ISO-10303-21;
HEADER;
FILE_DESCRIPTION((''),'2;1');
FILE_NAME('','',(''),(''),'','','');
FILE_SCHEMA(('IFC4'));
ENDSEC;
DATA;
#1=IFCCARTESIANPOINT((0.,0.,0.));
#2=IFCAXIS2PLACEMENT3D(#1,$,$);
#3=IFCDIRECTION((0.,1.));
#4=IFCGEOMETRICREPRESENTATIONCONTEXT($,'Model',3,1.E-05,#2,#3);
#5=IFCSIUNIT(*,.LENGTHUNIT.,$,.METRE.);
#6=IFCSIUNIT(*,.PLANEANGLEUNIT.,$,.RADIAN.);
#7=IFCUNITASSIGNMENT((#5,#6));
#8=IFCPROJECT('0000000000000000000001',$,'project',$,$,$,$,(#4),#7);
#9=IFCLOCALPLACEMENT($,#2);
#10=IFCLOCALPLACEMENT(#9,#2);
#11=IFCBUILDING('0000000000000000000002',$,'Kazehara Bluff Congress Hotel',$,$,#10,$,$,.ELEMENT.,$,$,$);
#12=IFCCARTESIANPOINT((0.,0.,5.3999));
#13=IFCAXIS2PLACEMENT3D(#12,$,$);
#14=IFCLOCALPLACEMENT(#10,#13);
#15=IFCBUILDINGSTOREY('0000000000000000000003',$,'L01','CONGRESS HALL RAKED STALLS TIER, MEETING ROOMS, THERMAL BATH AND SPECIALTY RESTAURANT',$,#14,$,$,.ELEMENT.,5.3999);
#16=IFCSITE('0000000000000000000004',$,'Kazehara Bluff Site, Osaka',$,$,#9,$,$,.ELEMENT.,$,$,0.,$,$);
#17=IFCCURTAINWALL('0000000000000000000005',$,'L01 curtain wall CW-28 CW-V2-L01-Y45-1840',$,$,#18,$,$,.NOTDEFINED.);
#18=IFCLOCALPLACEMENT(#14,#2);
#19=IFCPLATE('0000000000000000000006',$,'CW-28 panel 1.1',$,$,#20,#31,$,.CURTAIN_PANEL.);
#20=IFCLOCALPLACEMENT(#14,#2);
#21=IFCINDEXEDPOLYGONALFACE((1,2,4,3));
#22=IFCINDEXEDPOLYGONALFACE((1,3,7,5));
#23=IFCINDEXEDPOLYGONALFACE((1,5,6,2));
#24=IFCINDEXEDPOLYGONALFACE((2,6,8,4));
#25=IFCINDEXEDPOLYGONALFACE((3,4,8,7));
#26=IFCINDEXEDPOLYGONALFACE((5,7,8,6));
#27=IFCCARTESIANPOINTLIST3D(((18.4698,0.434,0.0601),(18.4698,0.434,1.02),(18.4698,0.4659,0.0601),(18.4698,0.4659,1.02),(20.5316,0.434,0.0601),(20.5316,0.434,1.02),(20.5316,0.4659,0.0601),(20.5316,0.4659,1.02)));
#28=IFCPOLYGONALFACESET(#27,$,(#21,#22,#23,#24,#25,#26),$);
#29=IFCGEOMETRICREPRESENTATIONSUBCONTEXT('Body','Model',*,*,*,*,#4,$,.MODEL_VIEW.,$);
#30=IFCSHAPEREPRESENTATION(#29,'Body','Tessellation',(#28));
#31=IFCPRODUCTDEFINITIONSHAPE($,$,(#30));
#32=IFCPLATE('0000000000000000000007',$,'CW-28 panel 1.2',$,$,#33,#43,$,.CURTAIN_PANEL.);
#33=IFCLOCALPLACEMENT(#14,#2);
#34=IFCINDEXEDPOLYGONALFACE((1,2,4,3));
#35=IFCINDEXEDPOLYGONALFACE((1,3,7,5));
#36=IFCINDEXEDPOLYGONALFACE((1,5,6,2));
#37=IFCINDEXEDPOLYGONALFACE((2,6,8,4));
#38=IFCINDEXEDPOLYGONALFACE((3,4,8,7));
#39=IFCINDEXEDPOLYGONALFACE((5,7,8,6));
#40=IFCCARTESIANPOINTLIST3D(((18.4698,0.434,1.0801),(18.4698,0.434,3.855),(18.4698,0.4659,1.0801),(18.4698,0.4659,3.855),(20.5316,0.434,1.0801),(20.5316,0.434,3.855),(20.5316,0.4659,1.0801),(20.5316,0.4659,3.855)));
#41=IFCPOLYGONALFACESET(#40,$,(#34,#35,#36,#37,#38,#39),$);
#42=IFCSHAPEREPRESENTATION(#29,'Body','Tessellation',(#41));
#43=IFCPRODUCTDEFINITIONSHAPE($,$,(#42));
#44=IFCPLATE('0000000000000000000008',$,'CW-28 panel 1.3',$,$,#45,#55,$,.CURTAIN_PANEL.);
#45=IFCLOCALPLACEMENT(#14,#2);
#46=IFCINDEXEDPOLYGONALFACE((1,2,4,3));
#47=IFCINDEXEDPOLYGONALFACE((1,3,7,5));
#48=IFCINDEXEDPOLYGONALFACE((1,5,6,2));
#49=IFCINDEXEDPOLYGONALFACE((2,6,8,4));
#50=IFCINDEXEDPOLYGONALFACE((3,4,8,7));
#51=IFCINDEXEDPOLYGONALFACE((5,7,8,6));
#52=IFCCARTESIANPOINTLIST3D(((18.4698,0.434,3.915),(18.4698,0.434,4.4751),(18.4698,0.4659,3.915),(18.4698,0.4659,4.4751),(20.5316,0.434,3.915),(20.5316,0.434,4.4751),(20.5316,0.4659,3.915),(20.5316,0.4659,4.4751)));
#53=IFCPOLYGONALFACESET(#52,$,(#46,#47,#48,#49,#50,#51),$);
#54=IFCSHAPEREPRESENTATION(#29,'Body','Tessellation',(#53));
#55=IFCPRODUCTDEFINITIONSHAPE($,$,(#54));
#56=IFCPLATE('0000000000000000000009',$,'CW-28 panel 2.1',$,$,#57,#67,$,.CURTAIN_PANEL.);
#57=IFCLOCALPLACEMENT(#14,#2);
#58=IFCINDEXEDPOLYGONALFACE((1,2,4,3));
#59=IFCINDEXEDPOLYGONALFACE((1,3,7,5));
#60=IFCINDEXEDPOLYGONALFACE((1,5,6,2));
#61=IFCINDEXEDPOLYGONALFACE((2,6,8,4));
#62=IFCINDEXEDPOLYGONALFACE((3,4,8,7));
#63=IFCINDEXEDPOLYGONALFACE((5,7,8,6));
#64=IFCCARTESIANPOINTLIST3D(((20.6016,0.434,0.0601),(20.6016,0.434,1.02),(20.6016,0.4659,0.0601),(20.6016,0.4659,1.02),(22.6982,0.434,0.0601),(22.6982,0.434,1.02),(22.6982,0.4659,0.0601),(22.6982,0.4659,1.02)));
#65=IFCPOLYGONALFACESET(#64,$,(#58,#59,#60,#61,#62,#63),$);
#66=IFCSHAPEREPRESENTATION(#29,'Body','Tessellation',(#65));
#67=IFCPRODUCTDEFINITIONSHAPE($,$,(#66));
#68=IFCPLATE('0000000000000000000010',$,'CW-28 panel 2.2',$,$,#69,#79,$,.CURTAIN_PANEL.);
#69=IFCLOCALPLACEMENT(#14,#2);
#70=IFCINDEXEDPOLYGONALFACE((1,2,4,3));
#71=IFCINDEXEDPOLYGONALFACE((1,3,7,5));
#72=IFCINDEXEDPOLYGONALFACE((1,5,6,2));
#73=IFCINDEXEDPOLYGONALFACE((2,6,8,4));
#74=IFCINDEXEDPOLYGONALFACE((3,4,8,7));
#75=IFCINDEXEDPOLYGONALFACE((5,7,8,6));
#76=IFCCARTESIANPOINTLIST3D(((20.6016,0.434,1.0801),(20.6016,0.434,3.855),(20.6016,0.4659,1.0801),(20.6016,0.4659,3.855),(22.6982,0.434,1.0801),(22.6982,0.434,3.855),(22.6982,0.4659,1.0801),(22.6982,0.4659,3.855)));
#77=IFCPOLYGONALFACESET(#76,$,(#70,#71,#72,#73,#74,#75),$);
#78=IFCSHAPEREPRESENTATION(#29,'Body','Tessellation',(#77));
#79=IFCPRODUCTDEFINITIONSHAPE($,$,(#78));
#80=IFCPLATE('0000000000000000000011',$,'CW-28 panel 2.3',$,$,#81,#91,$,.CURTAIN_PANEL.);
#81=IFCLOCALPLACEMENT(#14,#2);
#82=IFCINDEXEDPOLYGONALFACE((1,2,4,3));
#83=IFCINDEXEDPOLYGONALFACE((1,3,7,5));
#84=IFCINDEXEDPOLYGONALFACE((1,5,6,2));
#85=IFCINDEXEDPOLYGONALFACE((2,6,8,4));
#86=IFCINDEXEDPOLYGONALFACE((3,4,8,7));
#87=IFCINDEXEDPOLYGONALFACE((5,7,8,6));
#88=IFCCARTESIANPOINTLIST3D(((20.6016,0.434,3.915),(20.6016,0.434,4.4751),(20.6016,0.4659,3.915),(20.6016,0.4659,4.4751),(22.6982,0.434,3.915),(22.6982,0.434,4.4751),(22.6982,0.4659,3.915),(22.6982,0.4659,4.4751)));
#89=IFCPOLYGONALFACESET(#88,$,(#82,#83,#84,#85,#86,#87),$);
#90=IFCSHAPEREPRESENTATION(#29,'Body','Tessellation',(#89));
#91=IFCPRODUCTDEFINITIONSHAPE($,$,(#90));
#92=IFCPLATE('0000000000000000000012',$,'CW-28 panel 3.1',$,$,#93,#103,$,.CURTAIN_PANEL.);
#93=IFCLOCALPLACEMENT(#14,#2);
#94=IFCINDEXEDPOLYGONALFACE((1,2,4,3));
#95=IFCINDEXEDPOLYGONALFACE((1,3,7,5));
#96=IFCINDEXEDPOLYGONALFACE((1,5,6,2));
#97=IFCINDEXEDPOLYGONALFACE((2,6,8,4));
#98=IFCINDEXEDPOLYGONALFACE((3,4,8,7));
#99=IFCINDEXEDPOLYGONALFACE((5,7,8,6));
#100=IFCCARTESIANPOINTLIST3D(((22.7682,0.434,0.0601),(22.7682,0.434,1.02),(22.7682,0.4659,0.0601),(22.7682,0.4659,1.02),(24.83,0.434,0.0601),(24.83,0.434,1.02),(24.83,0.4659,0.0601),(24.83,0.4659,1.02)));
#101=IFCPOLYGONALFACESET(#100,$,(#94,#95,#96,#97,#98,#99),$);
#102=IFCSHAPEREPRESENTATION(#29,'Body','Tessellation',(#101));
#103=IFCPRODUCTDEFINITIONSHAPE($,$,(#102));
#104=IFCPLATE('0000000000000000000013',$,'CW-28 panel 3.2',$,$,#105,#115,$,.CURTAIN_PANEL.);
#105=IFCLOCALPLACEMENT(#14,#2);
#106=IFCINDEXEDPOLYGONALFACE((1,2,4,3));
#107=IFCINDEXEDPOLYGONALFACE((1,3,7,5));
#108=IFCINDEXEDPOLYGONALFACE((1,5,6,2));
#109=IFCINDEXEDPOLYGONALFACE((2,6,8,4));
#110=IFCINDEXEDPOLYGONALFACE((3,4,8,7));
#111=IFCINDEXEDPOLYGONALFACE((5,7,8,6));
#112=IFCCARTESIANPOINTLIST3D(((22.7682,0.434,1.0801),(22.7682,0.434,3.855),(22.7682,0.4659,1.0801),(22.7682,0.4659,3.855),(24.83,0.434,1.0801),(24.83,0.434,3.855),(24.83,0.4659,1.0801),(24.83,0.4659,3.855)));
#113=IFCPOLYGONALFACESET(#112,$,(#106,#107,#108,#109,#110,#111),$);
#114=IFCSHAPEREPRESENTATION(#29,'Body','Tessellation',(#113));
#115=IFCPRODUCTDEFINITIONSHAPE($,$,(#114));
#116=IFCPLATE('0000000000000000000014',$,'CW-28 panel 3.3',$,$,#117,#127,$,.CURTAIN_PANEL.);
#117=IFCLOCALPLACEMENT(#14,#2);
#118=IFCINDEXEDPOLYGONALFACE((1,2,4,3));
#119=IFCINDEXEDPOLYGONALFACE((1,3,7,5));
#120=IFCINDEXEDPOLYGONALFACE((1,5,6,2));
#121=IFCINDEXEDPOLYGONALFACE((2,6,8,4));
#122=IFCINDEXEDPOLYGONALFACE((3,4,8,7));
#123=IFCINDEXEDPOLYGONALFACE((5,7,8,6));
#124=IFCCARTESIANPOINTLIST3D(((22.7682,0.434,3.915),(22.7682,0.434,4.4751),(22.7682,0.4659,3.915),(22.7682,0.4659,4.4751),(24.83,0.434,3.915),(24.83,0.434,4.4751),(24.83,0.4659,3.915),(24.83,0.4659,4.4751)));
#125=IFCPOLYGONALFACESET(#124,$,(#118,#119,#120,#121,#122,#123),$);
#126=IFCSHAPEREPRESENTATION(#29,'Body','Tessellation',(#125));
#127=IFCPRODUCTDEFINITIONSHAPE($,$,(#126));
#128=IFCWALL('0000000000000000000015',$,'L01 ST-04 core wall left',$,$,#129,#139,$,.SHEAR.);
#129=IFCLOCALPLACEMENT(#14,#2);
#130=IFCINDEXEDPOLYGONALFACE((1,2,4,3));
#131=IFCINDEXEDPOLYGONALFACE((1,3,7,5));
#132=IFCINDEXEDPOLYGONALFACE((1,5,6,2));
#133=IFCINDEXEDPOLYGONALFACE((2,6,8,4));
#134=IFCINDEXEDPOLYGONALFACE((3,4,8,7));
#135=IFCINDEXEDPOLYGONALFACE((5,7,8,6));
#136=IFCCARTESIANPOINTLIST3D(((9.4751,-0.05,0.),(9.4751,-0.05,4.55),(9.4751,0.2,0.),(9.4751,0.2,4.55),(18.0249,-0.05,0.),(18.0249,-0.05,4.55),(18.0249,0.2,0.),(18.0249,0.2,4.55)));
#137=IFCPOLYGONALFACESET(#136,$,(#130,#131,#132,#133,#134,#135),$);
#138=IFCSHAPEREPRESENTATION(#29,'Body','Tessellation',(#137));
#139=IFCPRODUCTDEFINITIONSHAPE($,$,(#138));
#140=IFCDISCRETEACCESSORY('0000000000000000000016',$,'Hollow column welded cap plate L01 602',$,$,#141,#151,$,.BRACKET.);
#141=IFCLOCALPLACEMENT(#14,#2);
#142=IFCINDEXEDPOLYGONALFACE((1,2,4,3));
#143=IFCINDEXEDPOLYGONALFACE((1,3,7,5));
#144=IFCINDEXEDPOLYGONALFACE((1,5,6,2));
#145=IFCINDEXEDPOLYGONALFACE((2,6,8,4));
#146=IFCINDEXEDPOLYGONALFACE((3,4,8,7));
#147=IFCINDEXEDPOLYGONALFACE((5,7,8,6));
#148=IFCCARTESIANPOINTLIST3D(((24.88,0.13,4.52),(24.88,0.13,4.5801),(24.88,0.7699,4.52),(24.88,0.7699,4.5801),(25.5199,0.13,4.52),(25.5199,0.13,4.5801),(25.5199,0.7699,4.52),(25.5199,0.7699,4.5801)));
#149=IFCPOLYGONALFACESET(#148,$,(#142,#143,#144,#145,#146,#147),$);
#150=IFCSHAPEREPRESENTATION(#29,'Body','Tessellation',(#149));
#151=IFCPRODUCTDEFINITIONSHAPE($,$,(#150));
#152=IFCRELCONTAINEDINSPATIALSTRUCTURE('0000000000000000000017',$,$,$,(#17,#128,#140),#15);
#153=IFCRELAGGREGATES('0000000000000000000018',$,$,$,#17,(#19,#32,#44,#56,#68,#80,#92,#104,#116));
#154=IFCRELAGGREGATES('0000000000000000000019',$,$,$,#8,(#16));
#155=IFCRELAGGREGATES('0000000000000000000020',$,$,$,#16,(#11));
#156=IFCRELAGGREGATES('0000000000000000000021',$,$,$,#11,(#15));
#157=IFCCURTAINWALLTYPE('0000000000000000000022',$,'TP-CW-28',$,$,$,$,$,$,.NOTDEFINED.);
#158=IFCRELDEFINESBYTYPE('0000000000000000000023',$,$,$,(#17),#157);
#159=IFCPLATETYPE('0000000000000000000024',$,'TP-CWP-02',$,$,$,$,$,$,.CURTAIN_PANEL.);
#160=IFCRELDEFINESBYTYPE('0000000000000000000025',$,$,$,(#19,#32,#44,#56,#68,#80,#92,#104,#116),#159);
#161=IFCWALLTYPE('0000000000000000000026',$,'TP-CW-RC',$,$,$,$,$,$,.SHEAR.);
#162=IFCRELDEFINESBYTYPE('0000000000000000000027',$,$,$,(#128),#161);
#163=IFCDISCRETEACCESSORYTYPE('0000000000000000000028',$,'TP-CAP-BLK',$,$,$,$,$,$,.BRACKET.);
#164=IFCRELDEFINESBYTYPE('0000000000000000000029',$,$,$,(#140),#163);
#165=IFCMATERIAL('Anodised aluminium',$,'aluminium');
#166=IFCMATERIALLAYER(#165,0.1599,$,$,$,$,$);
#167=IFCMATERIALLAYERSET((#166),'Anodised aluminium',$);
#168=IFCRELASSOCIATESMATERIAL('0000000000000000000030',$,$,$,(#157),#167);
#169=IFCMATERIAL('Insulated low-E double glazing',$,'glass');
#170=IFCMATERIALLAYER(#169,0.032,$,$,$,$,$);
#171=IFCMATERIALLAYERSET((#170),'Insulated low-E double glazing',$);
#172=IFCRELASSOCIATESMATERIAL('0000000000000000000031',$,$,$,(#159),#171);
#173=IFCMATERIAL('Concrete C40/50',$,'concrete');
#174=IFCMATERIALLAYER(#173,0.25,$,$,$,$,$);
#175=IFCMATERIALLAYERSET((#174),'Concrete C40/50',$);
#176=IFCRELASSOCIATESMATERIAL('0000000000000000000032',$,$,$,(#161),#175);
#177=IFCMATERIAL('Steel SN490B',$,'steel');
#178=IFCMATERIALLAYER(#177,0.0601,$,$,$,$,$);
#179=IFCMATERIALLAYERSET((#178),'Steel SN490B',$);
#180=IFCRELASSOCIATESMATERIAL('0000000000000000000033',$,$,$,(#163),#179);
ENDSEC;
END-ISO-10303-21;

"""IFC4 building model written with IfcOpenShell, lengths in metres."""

from ifc_helpers import new_model, si_unit, direction, frame, frame_2d, origin, origin_2d, place, context, subcontext, project, spatial, rectangle, extrude, material, layer, layer_set, type_object, element, aggregate, save


model = new_model("IFC4")

# Units and contexts
model_context = context("Model", 3, precision=1e-05, world=origin(), true_north=direction((0.0, 1.0)))
body_context = subcontext(model_context, "Body", "Model", "MODEL_VIEW")
ifc_project = project(units=[si_unit("LENGTHUNIT", "METRE"), si_unit("PLANEANGLEUNIT", "RADIAN")], contexts=[model_context])

# Site, building, storey
site_placement = place(None, origin())
site = spatial("IfcSite", under=ifc_project, at=site_placement, Name="Kazehara Bluff Site, Osaka", CompositionType="ELEMENT", RefElevation=0.0)
building_placement = place(site_placement, origin())
building = spatial("IfcBuilding", under=site, at=building_placement, Name="Kazehara Bluff Congress Hotel", CompositionType="ELEMENT")
storey_placement = place(building_placement, frame((0.0, 0.0, 5.3999)))
storey = spatial("IfcBuildingStorey", under=building, at=storey_placement, Name="L01", Description="CONGRESS HALL RAKED STALLS TIER, MEETING ROOMS, THERMAL BATH AND SPECIALTY RESTAURANT", CompositionType="ELEMENT", Elevation=5.3999)

# Curtain wall
ifc_material_1 = material(Name="Anodised aluminium", Category="aluminium")
ifc_layer_1 = layer(ifc_material_1, 0.1599)
ifc_layer_set_1 = layer_set([ifc_layer_1], Name="Anodised aluminium")
curtain_wall_type_1 = type_object("IfcCurtainWallType", Name="TP-CW-28", PredefinedType="NOTDEFINED", material=ifc_layer_set_1)
curtain_wall_1_placement = place(storey_placement, origin())
curtain_wall_1 = element("IfcCurtainWall", 1, at=curtain_wall_1_placement, inside=storey, type_object=curtain_wall_type_1, Name="L01 curtain wall CW-28 CW-V2-L01-Y45-1840", PredefinedType="NOTDEFINED")

# Plates
ifc_material_2 = material(Name="Insulated low-E double glazing", Category="glass")
ifc_layer_2 = layer(ifc_material_2, 0.032)
ifc_layer_set_2 = layer_set([ifc_layer_2], Name="Insulated low-E double glazing")
plate_type = type_object("IfcPlateType", Name="TP-CWP-02", PredefinedType="CURTAIN_PANEL", material=ifc_layer_set_2)
plate_1_placement = place(storey_placement, frame((19.5007, 0.45, 0.0601), z_axis=(0.0, 0.0, 1.0), x_axis=(1.0, 0.0, 0.0)))
plate_1 = element("IfcPlate", 2, at=plate_1_placement, type_object=plate_type, Name="CW-28 panel 1.1", PredefinedType="CURTAIN_PANEL", context=body_context, shape_type="SweptSolid", body=[
    extrude(rectangle(XDim=2.0618, YDim=0.032, at=origin_2d()), origin(), (0.0, 0.0, 1.0), 0.96),
])
plate_2_placement = place(storey_placement, frame((19.5007, 0.45, 1.0801), z_axis=(0.0, 0.0, 1.0), x_axis=(1.0, 0.0, 0.0)))
plate_2 = element("IfcPlate", 3, at=plate_2_placement, type_object=plate_type, Name="CW-28 panel 1.2", PredefinedType="CURTAIN_PANEL", context=body_context, shape_type="SweptSolid", body=[
    extrude(rectangle(XDim=2.0618, YDim=0.032, at=origin_2d()), origin(), (0.0, 0.0, 1.0), 2.7749),
])
plate_3_placement = place(storey_placement, frame((19.5007, 0.45, 3.915), z_axis=(0.0, 0.0, 1.0), x_axis=(1.0, 0.0, 0.0)))
plate_3 = element("IfcPlate", 4, at=plate_3_placement, type_object=plate_type, Name="CW-28 panel 1.3", PredefinedType="CURTAIN_PANEL", context=body_context, shape_type="SweptSolid", body=[
    extrude(rectangle(XDim=2.0618, YDim=0.032, at=origin_2d()), origin(), (0.0, 0.0, 1.0), 0.5601),
])
plate_4_placement = place(storey_placement, frame((21.6499, 0.45, 0.0601), z_axis=(0.0, 0.0, 1.0), x_axis=(1.0, 0.0, 0.0)))
plate_4 = element("IfcPlate", 5, at=plate_4_placement, type_object=plate_type, Name="CW-28 panel 2.1", PredefinedType="CURTAIN_PANEL", context=body_context, shape_type="SweptSolid", body=[
    extrude(rectangle(XDim=2.0967, YDim=0.032, at=origin_2d()), origin(), (0.0, 0.0, 1.0), 0.96),
])
plate_5_placement = place(storey_placement, frame((21.6499, 0.45, 1.0801), z_axis=(0.0, 0.0, 1.0), x_axis=(1.0, 0.0, 0.0)))
plate_5 = element("IfcPlate", 6, at=plate_5_placement, type_object=plate_type, Name="CW-28 panel 2.2", PredefinedType="CURTAIN_PANEL", context=body_context, shape_type="SweptSolid", body=[
    extrude(rectangle(XDim=2.0967, YDim=0.032, at=origin_2d()), origin(), (0.0, 0.0, 1.0), 2.7749),
])
plate_6_placement = place(storey_placement, frame((21.6499, 0.45, 3.915), z_axis=(0.0, 0.0, 1.0), x_axis=(1.0, 0.0, 0.0)))
plate_6 = element("IfcPlate", 7, at=plate_6_placement, type_object=plate_type, Name="CW-28 panel 2.3", PredefinedType="CURTAIN_PANEL", context=body_context, shape_type="SweptSolid", body=[
    extrude(rectangle(XDim=2.0967, YDim=0.032, at=origin_2d()), origin(), (0.0, 0.0, 1.0), 0.5601),
])
plate_7_placement = place(storey_placement, frame((23.7991, 0.45, 0.0601), z_axis=(0.0, 0.0, 1.0), x_axis=(1.0, 0.0, 0.0)))
plate_7 = element("IfcPlate", 8, at=plate_7_placement, type_object=plate_type, Name="CW-28 panel 3.1", PredefinedType="CURTAIN_PANEL", context=body_context, shape_type="SweptSolid", body=[
    extrude(rectangle(XDim=2.0618, YDim=0.032, at=origin_2d()), origin(), (0.0, 0.0, 1.0), 0.96),
])
plate_8_placement = place(storey_placement, frame((23.7991, 0.45, 1.0801), z_axis=(0.0, 0.0, 1.0), x_axis=(1.0, 0.0, 0.0)))
plate_8 = element("IfcPlate", 9, at=plate_8_placement, type_object=plate_type, Name="CW-28 panel 3.2", PredefinedType="CURTAIN_PANEL", context=body_context, shape_type="SweptSolid", body=[
    extrude(rectangle(XDim=2.0618, YDim=0.032, at=origin_2d()), origin(), (0.0, 0.0, 1.0), 2.7749),
])
plate_9_placement = place(storey_placement, frame((23.7991, 0.45, 3.915), z_axis=(0.0, 0.0, 1.0), x_axis=(1.0, 0.0, 0.0)))
plate_9 = element("IfcPlate", 10, at=plate_9_placement, type_object=plate_type, Name="CW-28 panel 3.3", PredefinedType="CURTAIN_PANEL", context=body_context, shape_type="SweptSolid", body=[
    extrude(rectangle(XDim=2.0618, YDim=0.032, at=origin_2d()), origin(), (0.0, 0.0, 1.0), 0.5601),
])
aggregate(curtain_wall_1, [plate_1, plate_2, plate_3, plate_4, plate_5, plate_6, plate_7, plate_8, plate_9])

# Wall
ifc_material_3 = material(Name="Concrete C40/50", Category="concrete")
ifc_layer_3 = layer(ifc_material_3, 0.25)
ifc_layer_set_3 = layer_set([ifc_layer_3], Name="Concrete C40/50")
wall_type = type_object("IfcWallType", Name="TP-CW-RC", PredefinedType="SHEAR", material=ifc_layer_set_3)
wall_placement = place(storey_placement, frame((18.0249, 0.075, 0.0), z_axis=(0.0, 0.0, 1.0), x_axis=(-1.0, 0.0, 0.0)))
element("IfcWall", 11, at=wall_placement, inside=storey, type_object=wall_type, Name="L01 ST-04 core wall left", PredefinedType="SHEAR", context=body_context, shape_type="SweptSolid", body=[
    extrude(rectangle(XDim=8.5498, YDim=0.25, at=frame_2d((4.2749, 0.0))), origin(), (0.0, 0.0, 1.0), 4.55),
])

# Discrete accessory
ifc_material_4 = material(Name="Steel SN490B", Category="steel")
ifc_layer_4 = layer(ifc_material_4, 0.0601)
ifc_layer_set_4 = layer_set([ifc_layer_4], Name="Steel SN490B")
discrete_accessory_type = type_object("IfcDiscreteAccessoryType", Name="TP-CAP-BLK", PredefinedType="BRACKET", material=ifc_layer_set_4)
discrete_accessory_placement = place(storey_placement, frame((25.2, 0.45, 4.52), z_axis=(0.0, 0.0, 1.0), x_axis=(1.0, 0.0, 0.0)))
element("IfcDiscreteAccessory", 12, at=discrete_accessory_placement, inside=storey, type_object=discrete_accessory_type, Name="Hollow column welded cap plate L01 602", PredefinedType="BRACKET", context=body_context, shape_type="SweptSolid", body=[
    extrude(rectangle(XDim=0.6399, YDim=0.6399, at=origin_2d()), origin(), (0.0, 0.0, 1.0), 0.0601),
])

save(model, "model.ifc")
